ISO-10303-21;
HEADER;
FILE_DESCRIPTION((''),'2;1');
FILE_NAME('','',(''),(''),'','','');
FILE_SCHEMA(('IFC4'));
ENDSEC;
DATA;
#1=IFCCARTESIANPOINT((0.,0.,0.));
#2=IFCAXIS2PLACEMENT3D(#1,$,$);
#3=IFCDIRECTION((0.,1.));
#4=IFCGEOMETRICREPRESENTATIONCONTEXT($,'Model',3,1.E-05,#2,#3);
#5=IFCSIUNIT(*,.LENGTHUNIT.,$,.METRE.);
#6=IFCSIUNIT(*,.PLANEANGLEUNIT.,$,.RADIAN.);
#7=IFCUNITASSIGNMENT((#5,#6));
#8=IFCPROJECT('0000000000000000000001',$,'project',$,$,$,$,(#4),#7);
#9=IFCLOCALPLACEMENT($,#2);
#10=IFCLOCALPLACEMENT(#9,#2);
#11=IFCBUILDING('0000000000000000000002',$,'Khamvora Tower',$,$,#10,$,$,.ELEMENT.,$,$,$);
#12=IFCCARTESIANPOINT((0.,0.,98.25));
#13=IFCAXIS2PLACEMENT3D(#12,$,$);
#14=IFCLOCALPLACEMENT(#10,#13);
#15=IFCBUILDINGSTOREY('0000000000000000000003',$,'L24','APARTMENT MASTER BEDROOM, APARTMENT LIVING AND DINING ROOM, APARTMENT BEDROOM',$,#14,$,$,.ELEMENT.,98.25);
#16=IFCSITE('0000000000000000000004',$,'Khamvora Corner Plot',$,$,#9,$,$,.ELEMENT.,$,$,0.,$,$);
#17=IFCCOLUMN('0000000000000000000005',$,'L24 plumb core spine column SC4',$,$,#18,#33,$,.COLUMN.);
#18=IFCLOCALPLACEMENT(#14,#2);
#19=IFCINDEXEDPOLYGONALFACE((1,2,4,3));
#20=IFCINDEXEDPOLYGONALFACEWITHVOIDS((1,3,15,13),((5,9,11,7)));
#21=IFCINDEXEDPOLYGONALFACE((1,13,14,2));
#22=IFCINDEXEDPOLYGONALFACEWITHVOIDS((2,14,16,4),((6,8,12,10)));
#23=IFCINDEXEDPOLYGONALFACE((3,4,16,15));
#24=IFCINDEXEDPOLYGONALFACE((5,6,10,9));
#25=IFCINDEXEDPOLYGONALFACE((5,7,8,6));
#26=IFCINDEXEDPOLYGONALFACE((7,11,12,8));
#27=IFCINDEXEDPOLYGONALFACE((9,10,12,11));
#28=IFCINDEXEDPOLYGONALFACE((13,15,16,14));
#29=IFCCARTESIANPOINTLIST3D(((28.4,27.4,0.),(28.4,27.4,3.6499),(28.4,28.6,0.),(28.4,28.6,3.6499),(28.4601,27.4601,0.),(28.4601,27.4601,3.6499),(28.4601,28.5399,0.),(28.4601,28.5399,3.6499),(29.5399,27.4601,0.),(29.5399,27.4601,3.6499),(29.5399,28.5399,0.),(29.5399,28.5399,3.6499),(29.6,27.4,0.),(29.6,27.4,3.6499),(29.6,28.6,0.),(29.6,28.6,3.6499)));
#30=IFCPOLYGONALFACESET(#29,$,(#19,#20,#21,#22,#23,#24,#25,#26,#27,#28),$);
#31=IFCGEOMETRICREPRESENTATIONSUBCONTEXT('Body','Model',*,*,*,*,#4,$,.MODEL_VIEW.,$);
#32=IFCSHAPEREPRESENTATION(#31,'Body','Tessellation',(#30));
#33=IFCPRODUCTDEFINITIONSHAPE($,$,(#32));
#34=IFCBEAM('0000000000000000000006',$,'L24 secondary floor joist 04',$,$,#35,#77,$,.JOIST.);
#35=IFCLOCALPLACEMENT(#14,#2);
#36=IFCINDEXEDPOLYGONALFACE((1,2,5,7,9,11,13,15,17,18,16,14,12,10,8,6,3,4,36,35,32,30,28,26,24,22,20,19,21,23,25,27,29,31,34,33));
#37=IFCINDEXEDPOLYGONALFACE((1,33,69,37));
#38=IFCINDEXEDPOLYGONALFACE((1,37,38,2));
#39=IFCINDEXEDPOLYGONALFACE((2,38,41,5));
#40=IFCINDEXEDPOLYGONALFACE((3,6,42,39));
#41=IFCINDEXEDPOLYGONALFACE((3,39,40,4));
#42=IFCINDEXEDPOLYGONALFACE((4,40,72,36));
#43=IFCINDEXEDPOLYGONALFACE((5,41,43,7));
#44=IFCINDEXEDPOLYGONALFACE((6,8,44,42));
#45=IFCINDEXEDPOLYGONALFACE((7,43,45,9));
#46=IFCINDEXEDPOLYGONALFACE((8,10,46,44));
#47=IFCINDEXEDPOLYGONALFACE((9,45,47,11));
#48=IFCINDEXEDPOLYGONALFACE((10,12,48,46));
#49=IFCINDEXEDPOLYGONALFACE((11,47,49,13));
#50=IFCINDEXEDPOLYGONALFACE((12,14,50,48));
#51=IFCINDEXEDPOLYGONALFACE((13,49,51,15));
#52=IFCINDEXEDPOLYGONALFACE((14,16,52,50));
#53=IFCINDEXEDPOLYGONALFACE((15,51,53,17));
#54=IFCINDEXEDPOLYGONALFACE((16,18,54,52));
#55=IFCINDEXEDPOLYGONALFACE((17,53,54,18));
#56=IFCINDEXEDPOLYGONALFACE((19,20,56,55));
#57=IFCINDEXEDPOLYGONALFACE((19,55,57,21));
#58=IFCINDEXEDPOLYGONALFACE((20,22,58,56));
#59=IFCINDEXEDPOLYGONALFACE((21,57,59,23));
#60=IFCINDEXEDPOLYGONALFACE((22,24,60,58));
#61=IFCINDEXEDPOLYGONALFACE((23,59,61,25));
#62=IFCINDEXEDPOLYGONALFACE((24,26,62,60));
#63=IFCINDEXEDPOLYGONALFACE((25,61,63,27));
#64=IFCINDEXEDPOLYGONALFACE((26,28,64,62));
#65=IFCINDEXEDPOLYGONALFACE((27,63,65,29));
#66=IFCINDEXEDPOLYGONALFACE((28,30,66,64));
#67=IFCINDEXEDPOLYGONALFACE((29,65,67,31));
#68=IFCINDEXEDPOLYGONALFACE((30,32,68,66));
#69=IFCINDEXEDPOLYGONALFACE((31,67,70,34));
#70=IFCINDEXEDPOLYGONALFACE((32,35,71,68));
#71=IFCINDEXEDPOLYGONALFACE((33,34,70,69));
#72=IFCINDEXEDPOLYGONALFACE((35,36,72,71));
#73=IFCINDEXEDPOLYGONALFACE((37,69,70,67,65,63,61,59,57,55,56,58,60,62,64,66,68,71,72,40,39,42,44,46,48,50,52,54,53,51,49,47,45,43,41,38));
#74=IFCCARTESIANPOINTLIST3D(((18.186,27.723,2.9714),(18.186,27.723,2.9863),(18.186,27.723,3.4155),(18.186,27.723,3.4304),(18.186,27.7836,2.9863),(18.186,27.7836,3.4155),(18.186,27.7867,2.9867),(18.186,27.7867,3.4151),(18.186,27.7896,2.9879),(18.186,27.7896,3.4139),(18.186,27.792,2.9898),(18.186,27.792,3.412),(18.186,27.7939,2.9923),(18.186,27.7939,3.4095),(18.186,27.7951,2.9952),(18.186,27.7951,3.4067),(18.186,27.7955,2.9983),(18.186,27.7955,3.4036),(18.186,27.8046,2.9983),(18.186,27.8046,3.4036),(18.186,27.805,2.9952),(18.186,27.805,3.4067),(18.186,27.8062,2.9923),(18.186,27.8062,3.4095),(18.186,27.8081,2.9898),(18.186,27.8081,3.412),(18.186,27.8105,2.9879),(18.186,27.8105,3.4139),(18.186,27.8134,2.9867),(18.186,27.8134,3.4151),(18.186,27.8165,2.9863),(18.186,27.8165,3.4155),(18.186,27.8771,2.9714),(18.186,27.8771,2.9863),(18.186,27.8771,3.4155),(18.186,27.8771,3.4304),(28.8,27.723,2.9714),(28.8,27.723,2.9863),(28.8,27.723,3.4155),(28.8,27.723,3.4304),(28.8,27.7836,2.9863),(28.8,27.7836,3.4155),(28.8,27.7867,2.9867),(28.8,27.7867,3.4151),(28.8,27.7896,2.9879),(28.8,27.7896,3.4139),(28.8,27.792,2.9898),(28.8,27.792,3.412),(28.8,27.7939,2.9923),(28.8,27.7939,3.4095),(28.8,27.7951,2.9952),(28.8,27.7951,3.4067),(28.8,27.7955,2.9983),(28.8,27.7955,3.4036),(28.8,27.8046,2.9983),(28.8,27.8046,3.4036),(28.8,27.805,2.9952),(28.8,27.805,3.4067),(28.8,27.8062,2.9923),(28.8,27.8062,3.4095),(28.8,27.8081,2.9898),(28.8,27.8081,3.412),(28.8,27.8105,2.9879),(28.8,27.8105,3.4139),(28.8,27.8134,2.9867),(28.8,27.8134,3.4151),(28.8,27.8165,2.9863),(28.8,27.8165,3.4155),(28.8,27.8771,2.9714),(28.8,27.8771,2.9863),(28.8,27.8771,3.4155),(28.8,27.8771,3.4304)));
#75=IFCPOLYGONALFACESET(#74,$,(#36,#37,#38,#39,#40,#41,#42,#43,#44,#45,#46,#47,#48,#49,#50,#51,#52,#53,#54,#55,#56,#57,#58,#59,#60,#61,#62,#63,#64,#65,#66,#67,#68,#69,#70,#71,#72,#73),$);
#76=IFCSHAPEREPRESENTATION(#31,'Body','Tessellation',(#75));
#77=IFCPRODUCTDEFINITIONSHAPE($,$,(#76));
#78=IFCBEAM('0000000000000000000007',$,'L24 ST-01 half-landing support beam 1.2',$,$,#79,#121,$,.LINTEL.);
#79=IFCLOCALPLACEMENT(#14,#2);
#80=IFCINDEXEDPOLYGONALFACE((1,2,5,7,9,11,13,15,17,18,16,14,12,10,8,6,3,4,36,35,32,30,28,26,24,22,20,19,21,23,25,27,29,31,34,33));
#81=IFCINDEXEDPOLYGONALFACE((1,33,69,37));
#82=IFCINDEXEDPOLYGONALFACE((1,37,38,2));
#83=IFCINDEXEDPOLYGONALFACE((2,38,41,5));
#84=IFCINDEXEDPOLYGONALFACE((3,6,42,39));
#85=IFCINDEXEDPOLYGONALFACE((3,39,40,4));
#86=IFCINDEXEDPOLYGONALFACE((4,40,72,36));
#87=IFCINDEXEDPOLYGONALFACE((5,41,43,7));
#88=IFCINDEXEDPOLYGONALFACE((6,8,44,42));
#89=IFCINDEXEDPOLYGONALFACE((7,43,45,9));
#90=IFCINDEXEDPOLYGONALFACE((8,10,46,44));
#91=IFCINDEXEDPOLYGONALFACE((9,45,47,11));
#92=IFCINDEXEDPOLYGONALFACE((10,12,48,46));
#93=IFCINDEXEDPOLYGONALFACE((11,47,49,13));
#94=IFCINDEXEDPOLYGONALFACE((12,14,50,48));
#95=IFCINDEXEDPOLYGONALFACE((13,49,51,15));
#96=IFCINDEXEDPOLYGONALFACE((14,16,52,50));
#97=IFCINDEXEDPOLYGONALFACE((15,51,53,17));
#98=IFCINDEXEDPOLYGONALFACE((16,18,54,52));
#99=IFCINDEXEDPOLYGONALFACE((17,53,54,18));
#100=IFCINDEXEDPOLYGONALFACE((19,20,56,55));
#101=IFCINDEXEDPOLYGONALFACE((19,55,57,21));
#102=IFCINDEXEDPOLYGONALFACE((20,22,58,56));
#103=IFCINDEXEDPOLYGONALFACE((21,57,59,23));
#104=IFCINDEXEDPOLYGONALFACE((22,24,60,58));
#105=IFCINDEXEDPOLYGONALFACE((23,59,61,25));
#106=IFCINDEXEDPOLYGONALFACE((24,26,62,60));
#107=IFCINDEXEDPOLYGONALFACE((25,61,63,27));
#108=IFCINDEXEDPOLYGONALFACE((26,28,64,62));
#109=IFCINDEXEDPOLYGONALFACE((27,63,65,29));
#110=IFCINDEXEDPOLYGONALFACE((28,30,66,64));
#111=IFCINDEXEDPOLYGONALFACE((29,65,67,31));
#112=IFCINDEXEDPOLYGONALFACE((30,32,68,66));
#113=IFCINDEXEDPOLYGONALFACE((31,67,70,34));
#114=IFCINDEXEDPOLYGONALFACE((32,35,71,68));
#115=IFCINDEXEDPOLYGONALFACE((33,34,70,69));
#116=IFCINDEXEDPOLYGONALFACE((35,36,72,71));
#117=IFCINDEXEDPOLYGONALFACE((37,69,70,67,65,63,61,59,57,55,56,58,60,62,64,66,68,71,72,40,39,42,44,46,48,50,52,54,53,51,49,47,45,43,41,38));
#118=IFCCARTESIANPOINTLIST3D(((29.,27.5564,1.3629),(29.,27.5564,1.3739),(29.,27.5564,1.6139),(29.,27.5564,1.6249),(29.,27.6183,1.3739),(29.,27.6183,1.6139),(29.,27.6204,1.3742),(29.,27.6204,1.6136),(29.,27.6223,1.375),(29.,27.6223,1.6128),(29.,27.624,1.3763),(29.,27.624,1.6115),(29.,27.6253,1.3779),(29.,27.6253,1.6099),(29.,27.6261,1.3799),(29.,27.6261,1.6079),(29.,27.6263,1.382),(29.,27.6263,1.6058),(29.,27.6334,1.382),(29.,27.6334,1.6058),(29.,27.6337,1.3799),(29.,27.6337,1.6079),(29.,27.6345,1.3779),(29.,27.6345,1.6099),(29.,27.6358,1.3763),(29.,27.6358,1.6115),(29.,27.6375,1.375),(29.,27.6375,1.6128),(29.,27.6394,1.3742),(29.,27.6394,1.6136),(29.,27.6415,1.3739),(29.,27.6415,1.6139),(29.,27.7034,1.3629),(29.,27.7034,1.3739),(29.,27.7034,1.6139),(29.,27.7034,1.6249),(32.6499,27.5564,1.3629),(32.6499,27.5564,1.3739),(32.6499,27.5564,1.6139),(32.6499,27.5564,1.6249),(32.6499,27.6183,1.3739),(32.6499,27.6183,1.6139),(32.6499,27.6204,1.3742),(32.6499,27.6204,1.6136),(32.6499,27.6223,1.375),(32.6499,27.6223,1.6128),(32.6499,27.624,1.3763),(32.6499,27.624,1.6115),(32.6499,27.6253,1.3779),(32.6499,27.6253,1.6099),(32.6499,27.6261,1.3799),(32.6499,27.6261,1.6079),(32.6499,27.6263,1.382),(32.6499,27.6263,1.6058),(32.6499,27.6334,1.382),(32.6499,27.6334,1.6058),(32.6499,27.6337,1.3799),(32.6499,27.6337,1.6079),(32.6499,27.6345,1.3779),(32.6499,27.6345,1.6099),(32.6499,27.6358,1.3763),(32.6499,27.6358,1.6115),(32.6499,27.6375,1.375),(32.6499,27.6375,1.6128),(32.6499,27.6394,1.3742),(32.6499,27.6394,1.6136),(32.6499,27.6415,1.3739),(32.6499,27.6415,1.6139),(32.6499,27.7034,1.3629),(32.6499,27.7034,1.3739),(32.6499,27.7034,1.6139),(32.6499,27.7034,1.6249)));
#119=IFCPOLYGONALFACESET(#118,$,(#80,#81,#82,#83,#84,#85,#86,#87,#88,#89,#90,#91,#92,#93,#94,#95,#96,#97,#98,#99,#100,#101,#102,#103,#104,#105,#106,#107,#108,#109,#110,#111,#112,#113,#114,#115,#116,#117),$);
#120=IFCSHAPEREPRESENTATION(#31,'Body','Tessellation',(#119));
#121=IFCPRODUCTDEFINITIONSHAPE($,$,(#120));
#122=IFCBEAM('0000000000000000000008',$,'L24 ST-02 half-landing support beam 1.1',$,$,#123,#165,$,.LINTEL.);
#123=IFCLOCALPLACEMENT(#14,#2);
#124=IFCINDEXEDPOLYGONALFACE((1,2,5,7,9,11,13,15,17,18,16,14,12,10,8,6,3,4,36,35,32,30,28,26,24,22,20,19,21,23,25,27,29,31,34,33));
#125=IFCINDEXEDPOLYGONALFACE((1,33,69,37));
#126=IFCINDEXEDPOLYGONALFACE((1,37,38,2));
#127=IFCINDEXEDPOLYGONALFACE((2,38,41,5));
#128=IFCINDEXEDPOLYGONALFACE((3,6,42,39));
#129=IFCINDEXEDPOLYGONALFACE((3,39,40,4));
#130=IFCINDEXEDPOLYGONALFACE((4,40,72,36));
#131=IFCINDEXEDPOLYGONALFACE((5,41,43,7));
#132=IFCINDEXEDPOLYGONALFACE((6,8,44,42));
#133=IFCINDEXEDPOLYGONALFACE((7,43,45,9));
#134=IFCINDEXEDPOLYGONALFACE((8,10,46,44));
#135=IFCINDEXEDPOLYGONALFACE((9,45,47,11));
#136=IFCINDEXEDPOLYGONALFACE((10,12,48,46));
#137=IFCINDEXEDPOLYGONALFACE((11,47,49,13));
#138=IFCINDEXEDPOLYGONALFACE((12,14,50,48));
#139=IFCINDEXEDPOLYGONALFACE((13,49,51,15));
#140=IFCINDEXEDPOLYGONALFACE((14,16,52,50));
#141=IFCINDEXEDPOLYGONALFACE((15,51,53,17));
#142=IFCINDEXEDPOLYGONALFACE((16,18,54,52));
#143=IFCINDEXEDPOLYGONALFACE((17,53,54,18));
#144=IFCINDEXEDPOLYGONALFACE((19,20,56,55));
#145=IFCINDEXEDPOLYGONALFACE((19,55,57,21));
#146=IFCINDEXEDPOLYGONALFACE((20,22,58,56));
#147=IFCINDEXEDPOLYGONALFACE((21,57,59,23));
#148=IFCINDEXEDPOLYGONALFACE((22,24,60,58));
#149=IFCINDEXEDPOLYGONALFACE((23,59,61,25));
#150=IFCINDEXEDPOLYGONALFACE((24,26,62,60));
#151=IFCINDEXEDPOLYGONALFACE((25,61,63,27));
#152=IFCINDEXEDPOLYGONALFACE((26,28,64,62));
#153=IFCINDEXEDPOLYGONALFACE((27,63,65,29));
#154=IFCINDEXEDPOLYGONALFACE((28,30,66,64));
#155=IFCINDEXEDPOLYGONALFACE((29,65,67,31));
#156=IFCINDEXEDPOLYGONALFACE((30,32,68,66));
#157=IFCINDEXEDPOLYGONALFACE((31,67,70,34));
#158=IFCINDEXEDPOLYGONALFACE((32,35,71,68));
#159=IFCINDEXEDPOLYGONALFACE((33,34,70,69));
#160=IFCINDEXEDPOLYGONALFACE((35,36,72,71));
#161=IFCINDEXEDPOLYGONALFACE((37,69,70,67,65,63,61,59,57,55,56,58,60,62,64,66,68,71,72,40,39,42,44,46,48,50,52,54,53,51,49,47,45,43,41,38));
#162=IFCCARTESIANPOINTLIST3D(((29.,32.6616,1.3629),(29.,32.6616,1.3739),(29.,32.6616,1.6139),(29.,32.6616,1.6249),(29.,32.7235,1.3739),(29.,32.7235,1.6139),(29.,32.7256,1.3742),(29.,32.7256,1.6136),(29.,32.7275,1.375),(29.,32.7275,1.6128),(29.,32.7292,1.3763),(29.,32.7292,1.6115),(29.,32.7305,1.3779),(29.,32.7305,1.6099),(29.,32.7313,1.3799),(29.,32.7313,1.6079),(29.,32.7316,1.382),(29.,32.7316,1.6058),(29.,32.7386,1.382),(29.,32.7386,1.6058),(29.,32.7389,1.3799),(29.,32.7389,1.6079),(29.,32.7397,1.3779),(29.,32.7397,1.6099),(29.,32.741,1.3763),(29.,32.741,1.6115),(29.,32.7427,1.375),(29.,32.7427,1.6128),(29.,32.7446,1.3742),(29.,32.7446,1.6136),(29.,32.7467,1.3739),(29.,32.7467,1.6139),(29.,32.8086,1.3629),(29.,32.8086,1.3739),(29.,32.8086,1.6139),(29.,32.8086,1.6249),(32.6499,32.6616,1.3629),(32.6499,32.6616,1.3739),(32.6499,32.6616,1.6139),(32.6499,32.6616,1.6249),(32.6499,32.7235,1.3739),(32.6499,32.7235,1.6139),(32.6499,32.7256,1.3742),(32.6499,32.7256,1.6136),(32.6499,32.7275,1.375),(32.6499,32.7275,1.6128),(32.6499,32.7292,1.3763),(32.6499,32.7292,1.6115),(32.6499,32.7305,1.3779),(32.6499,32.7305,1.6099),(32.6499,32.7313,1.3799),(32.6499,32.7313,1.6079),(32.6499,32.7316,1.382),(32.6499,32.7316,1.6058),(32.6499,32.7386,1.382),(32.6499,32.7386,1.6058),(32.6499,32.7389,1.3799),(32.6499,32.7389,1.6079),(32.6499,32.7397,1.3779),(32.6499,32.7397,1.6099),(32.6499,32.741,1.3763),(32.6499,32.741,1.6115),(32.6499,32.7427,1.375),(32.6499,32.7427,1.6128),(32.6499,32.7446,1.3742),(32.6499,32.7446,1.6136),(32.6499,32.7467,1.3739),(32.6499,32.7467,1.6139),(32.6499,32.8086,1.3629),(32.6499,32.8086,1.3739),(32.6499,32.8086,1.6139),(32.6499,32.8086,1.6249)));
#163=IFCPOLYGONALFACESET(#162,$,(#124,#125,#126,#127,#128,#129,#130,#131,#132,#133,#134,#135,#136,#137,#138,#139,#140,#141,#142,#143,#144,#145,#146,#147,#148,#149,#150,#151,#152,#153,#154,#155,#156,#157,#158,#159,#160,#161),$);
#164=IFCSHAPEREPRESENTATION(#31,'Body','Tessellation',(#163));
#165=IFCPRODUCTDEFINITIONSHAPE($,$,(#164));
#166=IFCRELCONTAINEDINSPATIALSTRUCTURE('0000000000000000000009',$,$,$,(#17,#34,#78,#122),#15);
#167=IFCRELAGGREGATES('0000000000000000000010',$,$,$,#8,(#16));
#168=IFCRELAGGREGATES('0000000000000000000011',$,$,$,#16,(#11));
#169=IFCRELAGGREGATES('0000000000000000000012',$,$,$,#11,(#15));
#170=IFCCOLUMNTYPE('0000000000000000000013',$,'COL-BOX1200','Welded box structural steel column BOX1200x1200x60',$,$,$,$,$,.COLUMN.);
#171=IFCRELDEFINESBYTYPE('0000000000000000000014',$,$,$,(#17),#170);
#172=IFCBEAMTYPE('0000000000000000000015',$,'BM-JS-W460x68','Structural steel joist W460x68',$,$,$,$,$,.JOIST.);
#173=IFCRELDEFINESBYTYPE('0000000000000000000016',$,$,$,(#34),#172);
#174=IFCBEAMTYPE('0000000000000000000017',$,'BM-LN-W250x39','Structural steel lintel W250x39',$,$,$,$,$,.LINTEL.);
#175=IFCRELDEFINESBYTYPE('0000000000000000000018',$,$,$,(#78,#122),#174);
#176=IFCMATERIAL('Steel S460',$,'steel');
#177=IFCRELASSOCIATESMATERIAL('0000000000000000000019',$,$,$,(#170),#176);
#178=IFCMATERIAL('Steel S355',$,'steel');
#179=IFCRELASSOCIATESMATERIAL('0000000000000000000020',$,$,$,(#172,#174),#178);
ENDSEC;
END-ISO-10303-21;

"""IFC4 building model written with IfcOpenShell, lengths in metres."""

from ifc_helpers import new_model, si_unit, direction, frame, origin, origin_2d, place, context, subcontext, project, spatial, hollow_rectangle, i_section, extrude, material, material_profile, profile_set, type_object, element, save


model = new_model("IFC4")

# Units and contexts
model_context = context("Model", 3, precision=1e-05, world=origin(), true_north=direction((0.0, 1.0)))
body_context = subcontext(model_context, "Body", "Model", "MODEL_VIEW")
ifc_project = project(units=[si_unit("LENGTHUNIT", "METRE"), si_unit("PLANEANGLEUNIT", "RADIAN")], contexts=[model_context])

# Site, building, storey
site_placement = place(None, origin())
site = spatial("IfcSite", under=ifc_project, at=site_placement, Name="Khamvora Corner Plot", CompositionType="ELEMENT", RefElevation=0.0)
building_placement = place(site_placement, origin())
building = spatial("IfcBuilding", under=site, at=building_placement, Name="Khamvora Tower", CompositionType="ELEMENT")
storey_placement = place(building_placement, frame((0.0, 0.0, 98.25)))
storey = spatial("IfcBuildingStorey", under=building, at=storey_placement, Name="L24", Description="APARTMENT MASTER BEDROOM, APARTMENT LIVING AND DINING ROOM, APARTMENT BEDROOM", CompositionType="ELEMENT", Elevation=98.25)

# Column
ifc_material_1 = material(Name="Steel S460", Category="steel")
ifc_material_profile_1 = material_profile(ifc_material_1, hollow_rectangle(XDim=1.2, YDim=1.2, WallThickness=0.0601, at=origin_2d()), Name="BOX1200x1200x60")
ifc_profile_set_1 = profile_set([ifc_material_profile_1], Name="Steel S460")
column_type = type_object("IfcColumnType", Name="COL-BOX1200", Description="Welded box structural steel column BOX1200x1200x60", PredefinedType="COLUMN", material=ifc_profile_set_1)
column_placement = place(storey_placement, frame((29.0, 28.0, 0.0), z_axis=(0.0, 0.0, 1.0), x_axis=(1.0, 0.0, 0.0)))
element("IfcColumn", 1, at=column_placement, inside=storey, type_object=column_type, Name="L24 plumb core spine column SC4", PredefinedType="COLUMN", context=body_context, shape_type="SweptSolid", body=[
    extrude(hollow_rectangle(XDim=1.2, YDim=1.2, WallThickness=0.0601, at=origin_2d()), origin(), (0.0, 0.0, 1.0), 3.6499),
])

# Beams
ifc_material_2 = material(Name="Steel S355", Category="steel")
ifc_material_profile_2 = material_profile(ifc_material_2, i_section(OverallWidth=0.1541, OverallDepth=0.459, WebThickness=0.009, FlangeThickness=0.0149, FilletRadius=0.012, at=origin_2d()), Name="W460x68")
ifc_profile_set_2 = profile_set([ifc_material_profile_2], Name="Steel S355")
beam_type_1 = type_object("IfcBeamType", Name="BM-JS-W460x68", Description="Structural steel joist W460x68", PredefinedType="JOIST", material=ifc_profile_set_2)
beam_1_placement = place(storey_placement, frame((18.186, 27.8, 3.2009), z_axis=(1.0, 0.0, 0.0), x_axis=(0.0, 1.0, 0.0)))
element("IfcBeam", 2, at=beam_1_placement, inside=storey, type_object=beam_type_1, Name="L24 secondary floor joist 04", PredefinedType="JOIST", context=body_context, shape_type="SweptSolid", body=[
    extrude(i_section(OverallWidth=0.1541, OverallDepth=0.459, WebThickness=0.009, FlangeThickness=0.0149, FilletRadius=0.012, at=origin_2d()), origin(), (0.0, 0.0, 1.0), 10.614),
])
ifc_material_profile_3 = material_profile(ifc_material_2, i_section(OverallWidth=0.147, OverallDepth=0.262, WebThickness=0.0071, FlangeThickness=0.011, FilletRadius=0.0081, at=origin_2d()), Name="W250x39")
ifc_profile_set_3 = profile_set([ifc_material_profile_3], Name="Steel S355")
beam_type_2 = type_object("IfcBeamType", Name="BM-LN-W250x39", Description="Structural steel lintel W250x39", PredefinedType="LINTEL", material=ifc_profile_set_3)
for number, where, z_axis, x_axis, name in (
    (3, (29.0, 27.6299, 1.4939), (1.0, 0.0, 0.0), (0.0, 1.0, 0.0), "L24 ST-01 half-landing support beam 1.2"),
    (4, (29.0, 32.7351, 1.4939), (1.0, 0.0, 0.0), (0.0, 1.0, 0.0), "L24 ST-02 half-landing support beam 1.1"),
):
    element("IfcBeam", number, at=place(storey_placement, frame(where, z_axis=z_axis, x_axis=x_axis)), inside=storey, type_object=beam_type_2, Name=name, PredefinedType="LINTEL", context=body_context, shape_type="SweptSolid", body=[
        extrude(i_section(OverallWidth=0.147, OverallDepth=0.262, WebThickness=0.0071, FlangeThickness=0.011, FilletRadius=0.0081, at=origin_2d()), origin(), (0.0, 0.0, 1.0), 3.6499),
    ])

save(model, "model.ifc")
